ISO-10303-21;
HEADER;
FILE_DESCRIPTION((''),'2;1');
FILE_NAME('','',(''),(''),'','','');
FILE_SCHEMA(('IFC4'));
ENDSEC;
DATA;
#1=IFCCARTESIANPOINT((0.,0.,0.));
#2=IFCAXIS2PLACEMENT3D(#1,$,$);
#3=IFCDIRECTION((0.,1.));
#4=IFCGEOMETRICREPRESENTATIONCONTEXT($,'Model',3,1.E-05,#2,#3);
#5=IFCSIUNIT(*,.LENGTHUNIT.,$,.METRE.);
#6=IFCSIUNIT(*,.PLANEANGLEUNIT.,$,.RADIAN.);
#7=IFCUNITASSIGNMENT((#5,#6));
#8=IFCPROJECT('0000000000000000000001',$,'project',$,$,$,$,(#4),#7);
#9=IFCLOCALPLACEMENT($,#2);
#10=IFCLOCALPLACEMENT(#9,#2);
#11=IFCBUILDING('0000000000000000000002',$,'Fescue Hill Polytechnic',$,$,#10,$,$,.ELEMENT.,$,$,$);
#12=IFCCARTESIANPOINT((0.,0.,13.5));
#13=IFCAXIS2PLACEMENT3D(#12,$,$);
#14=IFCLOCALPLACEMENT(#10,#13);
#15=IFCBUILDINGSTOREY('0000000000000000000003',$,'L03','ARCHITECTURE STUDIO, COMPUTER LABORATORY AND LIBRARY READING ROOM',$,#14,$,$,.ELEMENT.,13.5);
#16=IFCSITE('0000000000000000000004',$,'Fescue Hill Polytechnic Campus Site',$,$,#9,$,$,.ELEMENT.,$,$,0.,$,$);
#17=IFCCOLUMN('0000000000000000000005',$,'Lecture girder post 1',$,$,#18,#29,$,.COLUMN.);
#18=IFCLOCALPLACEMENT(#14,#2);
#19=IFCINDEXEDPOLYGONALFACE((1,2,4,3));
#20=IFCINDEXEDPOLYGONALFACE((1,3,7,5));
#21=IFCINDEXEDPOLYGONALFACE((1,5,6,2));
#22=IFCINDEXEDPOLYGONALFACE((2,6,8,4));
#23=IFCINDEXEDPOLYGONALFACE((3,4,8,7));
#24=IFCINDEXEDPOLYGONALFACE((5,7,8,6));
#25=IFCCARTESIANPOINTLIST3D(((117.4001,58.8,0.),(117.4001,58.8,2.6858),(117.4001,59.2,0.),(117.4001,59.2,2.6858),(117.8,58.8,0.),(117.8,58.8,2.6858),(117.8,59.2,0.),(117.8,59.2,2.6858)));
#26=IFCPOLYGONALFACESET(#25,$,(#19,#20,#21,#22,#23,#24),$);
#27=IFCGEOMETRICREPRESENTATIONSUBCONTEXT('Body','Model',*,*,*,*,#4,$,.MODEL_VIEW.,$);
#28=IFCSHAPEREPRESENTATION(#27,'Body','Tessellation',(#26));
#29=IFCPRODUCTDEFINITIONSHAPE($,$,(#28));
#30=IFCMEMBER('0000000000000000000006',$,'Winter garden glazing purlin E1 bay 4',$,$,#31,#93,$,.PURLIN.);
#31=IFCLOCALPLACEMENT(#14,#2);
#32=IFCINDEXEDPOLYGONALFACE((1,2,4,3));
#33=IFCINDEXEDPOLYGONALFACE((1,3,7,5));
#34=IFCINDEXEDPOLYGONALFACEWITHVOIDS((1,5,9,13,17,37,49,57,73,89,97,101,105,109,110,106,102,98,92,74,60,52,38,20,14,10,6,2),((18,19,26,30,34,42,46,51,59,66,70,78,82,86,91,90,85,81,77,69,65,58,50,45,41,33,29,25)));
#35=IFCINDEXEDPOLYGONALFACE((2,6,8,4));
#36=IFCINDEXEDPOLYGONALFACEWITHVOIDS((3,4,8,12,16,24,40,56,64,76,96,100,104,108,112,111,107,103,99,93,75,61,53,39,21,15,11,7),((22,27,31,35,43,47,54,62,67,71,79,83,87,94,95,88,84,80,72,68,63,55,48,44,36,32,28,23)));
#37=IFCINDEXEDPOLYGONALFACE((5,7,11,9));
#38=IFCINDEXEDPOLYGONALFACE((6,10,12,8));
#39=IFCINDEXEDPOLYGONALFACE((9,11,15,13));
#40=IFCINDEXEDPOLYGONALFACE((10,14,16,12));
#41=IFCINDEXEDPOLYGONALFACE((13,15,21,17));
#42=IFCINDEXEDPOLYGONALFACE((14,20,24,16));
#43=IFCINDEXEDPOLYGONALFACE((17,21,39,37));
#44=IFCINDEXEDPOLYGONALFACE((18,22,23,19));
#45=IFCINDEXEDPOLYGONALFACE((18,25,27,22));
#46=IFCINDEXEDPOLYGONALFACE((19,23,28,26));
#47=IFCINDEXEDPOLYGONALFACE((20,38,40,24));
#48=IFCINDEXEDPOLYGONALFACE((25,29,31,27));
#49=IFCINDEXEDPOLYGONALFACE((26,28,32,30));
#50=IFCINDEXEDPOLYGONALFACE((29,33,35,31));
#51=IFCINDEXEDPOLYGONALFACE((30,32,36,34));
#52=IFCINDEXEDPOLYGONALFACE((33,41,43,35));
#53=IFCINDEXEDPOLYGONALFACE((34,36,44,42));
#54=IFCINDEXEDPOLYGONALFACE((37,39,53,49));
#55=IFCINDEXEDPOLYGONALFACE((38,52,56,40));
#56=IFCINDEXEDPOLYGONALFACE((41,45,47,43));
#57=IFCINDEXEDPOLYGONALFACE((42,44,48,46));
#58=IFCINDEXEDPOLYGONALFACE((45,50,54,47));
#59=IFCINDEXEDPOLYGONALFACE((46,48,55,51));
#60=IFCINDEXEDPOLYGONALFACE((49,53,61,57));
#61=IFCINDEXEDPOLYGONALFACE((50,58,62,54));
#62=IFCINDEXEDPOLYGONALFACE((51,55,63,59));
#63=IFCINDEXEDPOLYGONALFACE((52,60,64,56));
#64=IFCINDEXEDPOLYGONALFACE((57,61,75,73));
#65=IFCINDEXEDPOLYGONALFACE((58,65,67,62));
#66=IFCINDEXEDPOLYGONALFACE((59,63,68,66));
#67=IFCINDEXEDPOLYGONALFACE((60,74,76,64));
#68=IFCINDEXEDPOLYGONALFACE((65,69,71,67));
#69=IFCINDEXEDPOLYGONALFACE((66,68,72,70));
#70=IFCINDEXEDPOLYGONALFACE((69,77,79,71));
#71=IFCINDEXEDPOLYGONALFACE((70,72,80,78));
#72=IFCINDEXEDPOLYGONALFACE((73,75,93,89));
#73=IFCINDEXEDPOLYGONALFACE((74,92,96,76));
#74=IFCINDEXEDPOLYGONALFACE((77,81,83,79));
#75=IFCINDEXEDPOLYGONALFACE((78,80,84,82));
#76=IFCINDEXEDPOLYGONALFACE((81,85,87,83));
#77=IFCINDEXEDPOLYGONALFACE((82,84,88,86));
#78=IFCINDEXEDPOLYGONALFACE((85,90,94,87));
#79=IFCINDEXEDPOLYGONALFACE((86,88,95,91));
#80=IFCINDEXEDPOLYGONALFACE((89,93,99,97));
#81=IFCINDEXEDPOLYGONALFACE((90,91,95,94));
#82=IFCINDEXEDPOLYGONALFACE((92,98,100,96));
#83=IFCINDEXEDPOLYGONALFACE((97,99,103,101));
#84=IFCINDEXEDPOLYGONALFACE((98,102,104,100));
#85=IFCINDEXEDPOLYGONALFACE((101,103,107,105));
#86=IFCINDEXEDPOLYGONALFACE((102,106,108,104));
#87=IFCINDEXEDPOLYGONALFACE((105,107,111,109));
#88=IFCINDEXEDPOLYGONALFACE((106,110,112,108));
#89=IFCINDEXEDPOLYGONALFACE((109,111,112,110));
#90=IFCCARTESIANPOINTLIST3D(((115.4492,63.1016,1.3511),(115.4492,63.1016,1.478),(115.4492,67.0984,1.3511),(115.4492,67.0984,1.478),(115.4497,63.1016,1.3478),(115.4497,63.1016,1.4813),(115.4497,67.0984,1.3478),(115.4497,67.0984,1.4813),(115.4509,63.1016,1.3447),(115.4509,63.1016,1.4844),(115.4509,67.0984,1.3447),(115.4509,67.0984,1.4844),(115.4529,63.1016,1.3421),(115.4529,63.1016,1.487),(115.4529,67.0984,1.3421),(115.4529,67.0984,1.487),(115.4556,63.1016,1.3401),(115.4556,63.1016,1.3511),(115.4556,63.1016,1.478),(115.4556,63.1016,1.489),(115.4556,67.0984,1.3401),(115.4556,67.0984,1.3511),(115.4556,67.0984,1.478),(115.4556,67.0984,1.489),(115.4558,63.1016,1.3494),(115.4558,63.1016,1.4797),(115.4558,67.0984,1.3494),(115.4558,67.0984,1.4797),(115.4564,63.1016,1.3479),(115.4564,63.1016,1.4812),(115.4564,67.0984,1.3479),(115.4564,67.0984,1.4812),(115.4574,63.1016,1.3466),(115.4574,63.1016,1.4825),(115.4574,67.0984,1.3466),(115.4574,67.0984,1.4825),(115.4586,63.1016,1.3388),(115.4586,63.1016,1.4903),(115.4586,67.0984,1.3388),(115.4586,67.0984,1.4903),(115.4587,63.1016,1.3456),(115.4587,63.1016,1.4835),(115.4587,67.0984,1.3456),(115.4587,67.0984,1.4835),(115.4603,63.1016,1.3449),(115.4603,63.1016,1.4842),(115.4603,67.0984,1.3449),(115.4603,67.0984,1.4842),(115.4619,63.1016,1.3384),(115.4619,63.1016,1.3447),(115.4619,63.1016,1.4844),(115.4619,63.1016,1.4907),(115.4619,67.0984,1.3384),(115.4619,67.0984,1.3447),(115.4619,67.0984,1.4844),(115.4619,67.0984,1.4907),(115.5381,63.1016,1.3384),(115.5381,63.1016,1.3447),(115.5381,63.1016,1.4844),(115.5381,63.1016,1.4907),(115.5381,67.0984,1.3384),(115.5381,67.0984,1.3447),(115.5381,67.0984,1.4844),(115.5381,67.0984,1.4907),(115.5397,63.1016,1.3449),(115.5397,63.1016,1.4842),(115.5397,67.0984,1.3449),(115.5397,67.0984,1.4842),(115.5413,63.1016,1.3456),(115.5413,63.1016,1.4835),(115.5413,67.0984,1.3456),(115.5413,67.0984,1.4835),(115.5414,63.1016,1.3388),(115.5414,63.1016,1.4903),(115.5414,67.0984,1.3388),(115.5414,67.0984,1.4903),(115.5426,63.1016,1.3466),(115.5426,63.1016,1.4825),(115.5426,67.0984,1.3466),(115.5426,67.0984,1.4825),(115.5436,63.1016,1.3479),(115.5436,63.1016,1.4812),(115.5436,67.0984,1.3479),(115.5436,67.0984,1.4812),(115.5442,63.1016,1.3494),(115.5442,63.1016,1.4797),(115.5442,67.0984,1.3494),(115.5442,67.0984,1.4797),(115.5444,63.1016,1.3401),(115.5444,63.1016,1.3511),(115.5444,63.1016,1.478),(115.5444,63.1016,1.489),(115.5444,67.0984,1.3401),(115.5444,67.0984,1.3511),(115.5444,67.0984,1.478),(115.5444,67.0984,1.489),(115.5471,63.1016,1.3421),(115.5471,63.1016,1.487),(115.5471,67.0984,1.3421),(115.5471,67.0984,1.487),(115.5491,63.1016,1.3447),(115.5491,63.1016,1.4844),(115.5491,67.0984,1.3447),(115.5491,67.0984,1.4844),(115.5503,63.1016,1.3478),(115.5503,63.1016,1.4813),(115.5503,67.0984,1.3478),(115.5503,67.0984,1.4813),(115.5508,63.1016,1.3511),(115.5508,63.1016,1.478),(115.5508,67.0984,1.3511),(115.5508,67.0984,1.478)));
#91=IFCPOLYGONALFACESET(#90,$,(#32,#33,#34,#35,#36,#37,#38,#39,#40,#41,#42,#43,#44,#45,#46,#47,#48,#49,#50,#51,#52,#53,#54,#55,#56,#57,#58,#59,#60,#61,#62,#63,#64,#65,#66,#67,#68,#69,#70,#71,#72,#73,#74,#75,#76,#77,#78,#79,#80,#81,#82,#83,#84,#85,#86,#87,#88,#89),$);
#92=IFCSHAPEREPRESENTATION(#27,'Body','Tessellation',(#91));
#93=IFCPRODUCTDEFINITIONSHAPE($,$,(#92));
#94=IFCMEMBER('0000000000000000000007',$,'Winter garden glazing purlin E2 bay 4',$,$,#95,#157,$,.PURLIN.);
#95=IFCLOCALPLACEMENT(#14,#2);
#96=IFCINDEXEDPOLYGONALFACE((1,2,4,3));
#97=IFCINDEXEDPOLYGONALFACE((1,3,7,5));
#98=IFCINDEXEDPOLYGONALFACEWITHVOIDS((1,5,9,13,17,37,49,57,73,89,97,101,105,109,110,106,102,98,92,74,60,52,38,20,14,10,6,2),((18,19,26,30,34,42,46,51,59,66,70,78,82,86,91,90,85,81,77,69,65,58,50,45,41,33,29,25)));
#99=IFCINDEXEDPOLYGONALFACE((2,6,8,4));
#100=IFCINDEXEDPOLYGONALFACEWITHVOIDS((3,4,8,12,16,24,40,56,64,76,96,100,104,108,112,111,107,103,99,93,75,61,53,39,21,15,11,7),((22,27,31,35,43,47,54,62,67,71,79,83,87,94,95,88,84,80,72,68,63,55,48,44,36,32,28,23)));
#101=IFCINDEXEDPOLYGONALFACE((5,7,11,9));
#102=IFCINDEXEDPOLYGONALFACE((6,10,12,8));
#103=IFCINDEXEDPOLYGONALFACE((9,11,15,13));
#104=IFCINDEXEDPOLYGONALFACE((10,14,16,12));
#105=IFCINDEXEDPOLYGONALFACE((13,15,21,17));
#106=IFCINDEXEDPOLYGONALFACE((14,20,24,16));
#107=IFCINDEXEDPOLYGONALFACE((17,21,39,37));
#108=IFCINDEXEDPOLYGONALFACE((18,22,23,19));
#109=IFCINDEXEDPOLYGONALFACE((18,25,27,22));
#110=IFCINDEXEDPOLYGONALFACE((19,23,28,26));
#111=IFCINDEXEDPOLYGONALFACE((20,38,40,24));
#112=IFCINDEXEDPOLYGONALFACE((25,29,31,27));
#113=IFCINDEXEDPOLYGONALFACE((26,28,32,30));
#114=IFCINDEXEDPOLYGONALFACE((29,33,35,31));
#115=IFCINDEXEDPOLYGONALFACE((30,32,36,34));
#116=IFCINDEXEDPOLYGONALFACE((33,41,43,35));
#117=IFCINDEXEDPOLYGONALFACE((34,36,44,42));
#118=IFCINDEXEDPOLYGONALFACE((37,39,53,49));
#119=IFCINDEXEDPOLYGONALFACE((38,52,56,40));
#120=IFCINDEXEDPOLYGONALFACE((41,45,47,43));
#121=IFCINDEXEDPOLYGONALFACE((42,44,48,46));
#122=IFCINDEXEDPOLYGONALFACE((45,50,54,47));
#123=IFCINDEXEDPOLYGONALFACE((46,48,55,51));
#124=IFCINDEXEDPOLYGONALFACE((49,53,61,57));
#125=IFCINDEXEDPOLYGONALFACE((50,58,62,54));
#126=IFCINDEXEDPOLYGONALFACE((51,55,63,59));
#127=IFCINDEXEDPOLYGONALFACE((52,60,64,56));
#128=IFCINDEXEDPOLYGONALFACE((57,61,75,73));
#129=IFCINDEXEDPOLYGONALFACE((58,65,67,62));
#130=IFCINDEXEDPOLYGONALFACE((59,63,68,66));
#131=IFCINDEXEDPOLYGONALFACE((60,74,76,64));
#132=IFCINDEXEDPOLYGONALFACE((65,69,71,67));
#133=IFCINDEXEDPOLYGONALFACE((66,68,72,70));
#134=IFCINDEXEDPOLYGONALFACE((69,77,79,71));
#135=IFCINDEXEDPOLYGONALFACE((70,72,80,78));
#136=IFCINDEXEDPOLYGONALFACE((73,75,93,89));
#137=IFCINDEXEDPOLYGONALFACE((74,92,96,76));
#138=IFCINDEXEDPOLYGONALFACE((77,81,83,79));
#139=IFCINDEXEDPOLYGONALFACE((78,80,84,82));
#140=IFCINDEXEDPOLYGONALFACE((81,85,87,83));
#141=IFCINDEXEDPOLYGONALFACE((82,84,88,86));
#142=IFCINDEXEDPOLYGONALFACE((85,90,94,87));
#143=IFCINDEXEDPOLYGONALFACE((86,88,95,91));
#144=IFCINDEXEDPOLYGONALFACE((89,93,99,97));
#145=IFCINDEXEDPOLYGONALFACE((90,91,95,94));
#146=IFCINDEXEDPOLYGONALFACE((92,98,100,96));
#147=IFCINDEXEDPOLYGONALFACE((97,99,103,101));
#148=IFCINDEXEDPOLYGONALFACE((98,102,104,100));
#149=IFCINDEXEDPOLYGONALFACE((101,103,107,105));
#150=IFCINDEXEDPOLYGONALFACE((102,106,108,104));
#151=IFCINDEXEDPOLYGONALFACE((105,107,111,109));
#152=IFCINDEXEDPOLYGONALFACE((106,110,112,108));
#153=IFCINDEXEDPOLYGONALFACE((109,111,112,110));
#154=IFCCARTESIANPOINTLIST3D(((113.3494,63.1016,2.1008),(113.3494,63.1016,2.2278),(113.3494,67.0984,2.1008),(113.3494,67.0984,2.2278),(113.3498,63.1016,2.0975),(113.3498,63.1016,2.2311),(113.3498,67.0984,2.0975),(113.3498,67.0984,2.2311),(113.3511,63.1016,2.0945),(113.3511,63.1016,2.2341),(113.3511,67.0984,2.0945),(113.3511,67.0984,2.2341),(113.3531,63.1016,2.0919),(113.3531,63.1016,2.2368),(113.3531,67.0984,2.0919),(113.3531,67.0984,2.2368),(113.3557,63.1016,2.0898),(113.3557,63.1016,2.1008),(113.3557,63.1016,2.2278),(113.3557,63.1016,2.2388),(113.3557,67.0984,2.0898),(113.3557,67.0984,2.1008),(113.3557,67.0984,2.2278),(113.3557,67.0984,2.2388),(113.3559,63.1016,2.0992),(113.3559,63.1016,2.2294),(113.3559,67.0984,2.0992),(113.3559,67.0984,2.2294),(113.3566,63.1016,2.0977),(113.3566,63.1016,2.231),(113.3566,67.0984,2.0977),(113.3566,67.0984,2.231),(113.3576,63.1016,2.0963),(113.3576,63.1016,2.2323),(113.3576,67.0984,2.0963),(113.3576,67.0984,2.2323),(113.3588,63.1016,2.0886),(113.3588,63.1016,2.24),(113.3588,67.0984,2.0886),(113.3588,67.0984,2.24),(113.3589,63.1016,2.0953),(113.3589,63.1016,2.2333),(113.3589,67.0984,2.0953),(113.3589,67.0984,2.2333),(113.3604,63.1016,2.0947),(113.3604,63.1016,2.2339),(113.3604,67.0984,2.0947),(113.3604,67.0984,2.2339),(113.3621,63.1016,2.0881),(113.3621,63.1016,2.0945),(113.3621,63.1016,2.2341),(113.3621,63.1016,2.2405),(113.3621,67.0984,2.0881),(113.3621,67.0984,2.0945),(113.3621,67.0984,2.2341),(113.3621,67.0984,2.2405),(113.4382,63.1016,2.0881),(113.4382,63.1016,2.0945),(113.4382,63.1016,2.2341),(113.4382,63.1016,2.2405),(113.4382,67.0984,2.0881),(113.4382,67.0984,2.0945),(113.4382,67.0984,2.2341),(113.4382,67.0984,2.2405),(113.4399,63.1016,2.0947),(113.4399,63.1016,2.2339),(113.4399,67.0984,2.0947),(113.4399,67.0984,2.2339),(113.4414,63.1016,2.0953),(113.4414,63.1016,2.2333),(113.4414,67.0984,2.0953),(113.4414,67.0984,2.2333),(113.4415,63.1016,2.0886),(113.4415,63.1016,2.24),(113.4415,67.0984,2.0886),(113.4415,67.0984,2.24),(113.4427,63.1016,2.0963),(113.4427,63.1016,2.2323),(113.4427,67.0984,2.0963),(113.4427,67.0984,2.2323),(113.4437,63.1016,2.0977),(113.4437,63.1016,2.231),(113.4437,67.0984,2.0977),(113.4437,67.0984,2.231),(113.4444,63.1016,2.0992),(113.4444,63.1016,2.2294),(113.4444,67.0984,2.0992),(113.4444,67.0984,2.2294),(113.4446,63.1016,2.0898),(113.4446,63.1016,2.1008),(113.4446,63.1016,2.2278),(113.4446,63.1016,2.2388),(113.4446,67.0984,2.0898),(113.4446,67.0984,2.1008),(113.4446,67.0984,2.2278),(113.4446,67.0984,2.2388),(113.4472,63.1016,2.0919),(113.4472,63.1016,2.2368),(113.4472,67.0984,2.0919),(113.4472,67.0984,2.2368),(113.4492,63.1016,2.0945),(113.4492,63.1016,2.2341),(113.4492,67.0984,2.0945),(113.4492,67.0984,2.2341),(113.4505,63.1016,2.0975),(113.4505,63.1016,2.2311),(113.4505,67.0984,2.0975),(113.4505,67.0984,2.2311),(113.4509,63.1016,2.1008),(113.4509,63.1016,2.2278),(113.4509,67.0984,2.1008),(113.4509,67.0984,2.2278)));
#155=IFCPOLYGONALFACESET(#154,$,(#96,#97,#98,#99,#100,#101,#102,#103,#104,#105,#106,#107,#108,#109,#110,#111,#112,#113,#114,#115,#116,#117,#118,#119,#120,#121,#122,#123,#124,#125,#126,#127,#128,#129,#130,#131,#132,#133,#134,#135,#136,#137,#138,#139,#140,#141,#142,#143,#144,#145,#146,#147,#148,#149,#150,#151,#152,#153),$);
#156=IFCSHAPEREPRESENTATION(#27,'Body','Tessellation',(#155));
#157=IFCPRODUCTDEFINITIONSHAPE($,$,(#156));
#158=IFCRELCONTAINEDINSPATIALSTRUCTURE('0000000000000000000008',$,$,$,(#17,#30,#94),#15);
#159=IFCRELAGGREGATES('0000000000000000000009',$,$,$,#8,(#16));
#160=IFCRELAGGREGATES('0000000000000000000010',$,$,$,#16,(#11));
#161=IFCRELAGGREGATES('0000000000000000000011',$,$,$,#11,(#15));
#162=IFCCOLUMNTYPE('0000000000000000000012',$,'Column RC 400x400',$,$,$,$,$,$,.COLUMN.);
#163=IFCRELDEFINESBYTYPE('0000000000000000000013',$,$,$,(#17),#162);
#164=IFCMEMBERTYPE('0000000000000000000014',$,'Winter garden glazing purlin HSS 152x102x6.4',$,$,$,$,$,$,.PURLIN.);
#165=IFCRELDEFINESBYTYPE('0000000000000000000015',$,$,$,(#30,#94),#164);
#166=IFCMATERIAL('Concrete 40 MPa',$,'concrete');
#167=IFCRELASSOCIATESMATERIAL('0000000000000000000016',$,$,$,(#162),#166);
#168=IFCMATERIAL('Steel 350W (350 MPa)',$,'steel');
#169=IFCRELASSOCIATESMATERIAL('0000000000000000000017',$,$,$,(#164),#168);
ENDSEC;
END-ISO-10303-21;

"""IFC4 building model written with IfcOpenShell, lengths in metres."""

from ifc_helpers import new_model, si_unit, direction, frame, origin, origin_2d, place, context, subcontext, project, spatial, rectangle, hollow_rectangle, extrude, material, material_profile, profile_set, type_object, element, save


model = new_model("IFC4")

# Units and contexts
model_context = context("Model", 3, precision=1e-05, world=origin(), true_north=direction((0.0, 1.0)))
body_context = subcontext(model_context, "Body", "Model", "MODEL_VIEW")
ifc_project = project(units=[si_unit("LENGTHUNIT", "METRE"), si_unit("PLANEANGLEUNIT", "RADIAN")], contexts=[model_context])

# Site, building, storey
site_placement = place(None, origin())
site = spatial("IfcSite", under=ifc_project, at=site_placement, Name="Fescue Hill Polytechnic Campus Site", CompositionType="ELEMENT", RefElevation=0.0)
building_placement = place(site_placement, origin())
building = spatial("IfcBuilding", under=site, at=building_placement, Name="Fescue Hill Polytechnic", CompositionType="ELEMENT")
storey_placement = place(building_placement, frame((0.0, 0.0, 13.5)))
storey = spatial("IfcBuildingStorey", under=building, at=storey_placement, Name="L03", Description="ARCHITECTURE STUDIO, COMPUTER LABORATORY AND LIBRARY READING ROOM", CompositionType="ELEMENT", Elevation=13.5)

# Column
ifc_material_1 = material(Name="Concrete 40 MPa", Category="concrete")
ifc_material_profile_1 = material_profile(ifc_material_1, rectangle(XDim=0.3999, YDim=0.3999, at=origin_2d()), Name="RC 400x400")
ifc_profile_set_1 = profile_set([ifc_material_profile_1], Name="Concrete 40 MPa")
column_type = type_object("IfcColumnType", Name="Column RC 400x400", PredefinedType="COLUMN", material=ifc_profile_set_1)
column_placement = place(storey_placement, frame((117.6001, 59.0, 0.0), z_axis=(0.0, 0.0, 1.0), x_axis=(1.0, 0.0, 0.0)))
element("IfcColumn", 1, at=column_placement, inside=storey, type_object=column_type, Name="Lecture girder post 1", PredefinedType="COLUMN", context=body_context, shape_type="SweptSolid", body=[
    extrude(rectangle(XDim=0.3999, YDim=0.3999, at=origin_2d()), origin(), (0.0, 0.0, 1.0), 2.6858),
])

# Members
ifc_material_2 = material(Name="Steel 350W (350 MPa)", Category="steel")
ifc_material_profile_2 = material_profile(ifc_material_2, hollow_rectangle(XDim=0.1016, YDim=0.1523, WallThickness=0.0063, InnerFilletRadius=0.0063, OuterFilletRadius=0.0127, at=origin_2d()), Name="Winter garden glazing purlin HSS 152x102x6.4")
ifc_profile_set_2 = profile_set([ifc_material_profile_2], Name="Steel 350W (350 MPa)")
member_type_1 = type_object("IfcMemberType", Name="Winter garden glazing purlin HSS 152x102x6.4", PredefinedType="PURLIN", material=ifc_profile_set_2)
for number, where, z_axis, x_axis, name in (
    (2, (115.5, 63.1016, 1.4146), (0.0, 1.0, 0.0), (-1.0, 0.0, 0.0), "Winter garden glazing purlin E1 bay 4"),
    (3, (113.4001, 63.1016, 2.1643), (0.0, 1.0, 0.0), (-1.0, 0.0, 0.0), "Winter garden glazing purlin E2 bay 4"),
):
    element("IfcMember", number, at=place(storey_placement, frame(where, z_axis=z_axis, x_axis=x_axis)), inside=storey, type_object=member_type_1, Name=name, PredefinedType="PURLIN", context=body_context, shape_type="SweptSolid", body=[
        extrude(hollow_rectangle(XDim=0.1016, YDim=0.1523, WallThickness=0.0063, InnerFilletRadius=0.0063, OuterFilletRadius=0.0127, at=origin_2d()), origin(), (0.0, 0.0, 1.0), 3.9968),
    ])

save(model, "model.ifc")
